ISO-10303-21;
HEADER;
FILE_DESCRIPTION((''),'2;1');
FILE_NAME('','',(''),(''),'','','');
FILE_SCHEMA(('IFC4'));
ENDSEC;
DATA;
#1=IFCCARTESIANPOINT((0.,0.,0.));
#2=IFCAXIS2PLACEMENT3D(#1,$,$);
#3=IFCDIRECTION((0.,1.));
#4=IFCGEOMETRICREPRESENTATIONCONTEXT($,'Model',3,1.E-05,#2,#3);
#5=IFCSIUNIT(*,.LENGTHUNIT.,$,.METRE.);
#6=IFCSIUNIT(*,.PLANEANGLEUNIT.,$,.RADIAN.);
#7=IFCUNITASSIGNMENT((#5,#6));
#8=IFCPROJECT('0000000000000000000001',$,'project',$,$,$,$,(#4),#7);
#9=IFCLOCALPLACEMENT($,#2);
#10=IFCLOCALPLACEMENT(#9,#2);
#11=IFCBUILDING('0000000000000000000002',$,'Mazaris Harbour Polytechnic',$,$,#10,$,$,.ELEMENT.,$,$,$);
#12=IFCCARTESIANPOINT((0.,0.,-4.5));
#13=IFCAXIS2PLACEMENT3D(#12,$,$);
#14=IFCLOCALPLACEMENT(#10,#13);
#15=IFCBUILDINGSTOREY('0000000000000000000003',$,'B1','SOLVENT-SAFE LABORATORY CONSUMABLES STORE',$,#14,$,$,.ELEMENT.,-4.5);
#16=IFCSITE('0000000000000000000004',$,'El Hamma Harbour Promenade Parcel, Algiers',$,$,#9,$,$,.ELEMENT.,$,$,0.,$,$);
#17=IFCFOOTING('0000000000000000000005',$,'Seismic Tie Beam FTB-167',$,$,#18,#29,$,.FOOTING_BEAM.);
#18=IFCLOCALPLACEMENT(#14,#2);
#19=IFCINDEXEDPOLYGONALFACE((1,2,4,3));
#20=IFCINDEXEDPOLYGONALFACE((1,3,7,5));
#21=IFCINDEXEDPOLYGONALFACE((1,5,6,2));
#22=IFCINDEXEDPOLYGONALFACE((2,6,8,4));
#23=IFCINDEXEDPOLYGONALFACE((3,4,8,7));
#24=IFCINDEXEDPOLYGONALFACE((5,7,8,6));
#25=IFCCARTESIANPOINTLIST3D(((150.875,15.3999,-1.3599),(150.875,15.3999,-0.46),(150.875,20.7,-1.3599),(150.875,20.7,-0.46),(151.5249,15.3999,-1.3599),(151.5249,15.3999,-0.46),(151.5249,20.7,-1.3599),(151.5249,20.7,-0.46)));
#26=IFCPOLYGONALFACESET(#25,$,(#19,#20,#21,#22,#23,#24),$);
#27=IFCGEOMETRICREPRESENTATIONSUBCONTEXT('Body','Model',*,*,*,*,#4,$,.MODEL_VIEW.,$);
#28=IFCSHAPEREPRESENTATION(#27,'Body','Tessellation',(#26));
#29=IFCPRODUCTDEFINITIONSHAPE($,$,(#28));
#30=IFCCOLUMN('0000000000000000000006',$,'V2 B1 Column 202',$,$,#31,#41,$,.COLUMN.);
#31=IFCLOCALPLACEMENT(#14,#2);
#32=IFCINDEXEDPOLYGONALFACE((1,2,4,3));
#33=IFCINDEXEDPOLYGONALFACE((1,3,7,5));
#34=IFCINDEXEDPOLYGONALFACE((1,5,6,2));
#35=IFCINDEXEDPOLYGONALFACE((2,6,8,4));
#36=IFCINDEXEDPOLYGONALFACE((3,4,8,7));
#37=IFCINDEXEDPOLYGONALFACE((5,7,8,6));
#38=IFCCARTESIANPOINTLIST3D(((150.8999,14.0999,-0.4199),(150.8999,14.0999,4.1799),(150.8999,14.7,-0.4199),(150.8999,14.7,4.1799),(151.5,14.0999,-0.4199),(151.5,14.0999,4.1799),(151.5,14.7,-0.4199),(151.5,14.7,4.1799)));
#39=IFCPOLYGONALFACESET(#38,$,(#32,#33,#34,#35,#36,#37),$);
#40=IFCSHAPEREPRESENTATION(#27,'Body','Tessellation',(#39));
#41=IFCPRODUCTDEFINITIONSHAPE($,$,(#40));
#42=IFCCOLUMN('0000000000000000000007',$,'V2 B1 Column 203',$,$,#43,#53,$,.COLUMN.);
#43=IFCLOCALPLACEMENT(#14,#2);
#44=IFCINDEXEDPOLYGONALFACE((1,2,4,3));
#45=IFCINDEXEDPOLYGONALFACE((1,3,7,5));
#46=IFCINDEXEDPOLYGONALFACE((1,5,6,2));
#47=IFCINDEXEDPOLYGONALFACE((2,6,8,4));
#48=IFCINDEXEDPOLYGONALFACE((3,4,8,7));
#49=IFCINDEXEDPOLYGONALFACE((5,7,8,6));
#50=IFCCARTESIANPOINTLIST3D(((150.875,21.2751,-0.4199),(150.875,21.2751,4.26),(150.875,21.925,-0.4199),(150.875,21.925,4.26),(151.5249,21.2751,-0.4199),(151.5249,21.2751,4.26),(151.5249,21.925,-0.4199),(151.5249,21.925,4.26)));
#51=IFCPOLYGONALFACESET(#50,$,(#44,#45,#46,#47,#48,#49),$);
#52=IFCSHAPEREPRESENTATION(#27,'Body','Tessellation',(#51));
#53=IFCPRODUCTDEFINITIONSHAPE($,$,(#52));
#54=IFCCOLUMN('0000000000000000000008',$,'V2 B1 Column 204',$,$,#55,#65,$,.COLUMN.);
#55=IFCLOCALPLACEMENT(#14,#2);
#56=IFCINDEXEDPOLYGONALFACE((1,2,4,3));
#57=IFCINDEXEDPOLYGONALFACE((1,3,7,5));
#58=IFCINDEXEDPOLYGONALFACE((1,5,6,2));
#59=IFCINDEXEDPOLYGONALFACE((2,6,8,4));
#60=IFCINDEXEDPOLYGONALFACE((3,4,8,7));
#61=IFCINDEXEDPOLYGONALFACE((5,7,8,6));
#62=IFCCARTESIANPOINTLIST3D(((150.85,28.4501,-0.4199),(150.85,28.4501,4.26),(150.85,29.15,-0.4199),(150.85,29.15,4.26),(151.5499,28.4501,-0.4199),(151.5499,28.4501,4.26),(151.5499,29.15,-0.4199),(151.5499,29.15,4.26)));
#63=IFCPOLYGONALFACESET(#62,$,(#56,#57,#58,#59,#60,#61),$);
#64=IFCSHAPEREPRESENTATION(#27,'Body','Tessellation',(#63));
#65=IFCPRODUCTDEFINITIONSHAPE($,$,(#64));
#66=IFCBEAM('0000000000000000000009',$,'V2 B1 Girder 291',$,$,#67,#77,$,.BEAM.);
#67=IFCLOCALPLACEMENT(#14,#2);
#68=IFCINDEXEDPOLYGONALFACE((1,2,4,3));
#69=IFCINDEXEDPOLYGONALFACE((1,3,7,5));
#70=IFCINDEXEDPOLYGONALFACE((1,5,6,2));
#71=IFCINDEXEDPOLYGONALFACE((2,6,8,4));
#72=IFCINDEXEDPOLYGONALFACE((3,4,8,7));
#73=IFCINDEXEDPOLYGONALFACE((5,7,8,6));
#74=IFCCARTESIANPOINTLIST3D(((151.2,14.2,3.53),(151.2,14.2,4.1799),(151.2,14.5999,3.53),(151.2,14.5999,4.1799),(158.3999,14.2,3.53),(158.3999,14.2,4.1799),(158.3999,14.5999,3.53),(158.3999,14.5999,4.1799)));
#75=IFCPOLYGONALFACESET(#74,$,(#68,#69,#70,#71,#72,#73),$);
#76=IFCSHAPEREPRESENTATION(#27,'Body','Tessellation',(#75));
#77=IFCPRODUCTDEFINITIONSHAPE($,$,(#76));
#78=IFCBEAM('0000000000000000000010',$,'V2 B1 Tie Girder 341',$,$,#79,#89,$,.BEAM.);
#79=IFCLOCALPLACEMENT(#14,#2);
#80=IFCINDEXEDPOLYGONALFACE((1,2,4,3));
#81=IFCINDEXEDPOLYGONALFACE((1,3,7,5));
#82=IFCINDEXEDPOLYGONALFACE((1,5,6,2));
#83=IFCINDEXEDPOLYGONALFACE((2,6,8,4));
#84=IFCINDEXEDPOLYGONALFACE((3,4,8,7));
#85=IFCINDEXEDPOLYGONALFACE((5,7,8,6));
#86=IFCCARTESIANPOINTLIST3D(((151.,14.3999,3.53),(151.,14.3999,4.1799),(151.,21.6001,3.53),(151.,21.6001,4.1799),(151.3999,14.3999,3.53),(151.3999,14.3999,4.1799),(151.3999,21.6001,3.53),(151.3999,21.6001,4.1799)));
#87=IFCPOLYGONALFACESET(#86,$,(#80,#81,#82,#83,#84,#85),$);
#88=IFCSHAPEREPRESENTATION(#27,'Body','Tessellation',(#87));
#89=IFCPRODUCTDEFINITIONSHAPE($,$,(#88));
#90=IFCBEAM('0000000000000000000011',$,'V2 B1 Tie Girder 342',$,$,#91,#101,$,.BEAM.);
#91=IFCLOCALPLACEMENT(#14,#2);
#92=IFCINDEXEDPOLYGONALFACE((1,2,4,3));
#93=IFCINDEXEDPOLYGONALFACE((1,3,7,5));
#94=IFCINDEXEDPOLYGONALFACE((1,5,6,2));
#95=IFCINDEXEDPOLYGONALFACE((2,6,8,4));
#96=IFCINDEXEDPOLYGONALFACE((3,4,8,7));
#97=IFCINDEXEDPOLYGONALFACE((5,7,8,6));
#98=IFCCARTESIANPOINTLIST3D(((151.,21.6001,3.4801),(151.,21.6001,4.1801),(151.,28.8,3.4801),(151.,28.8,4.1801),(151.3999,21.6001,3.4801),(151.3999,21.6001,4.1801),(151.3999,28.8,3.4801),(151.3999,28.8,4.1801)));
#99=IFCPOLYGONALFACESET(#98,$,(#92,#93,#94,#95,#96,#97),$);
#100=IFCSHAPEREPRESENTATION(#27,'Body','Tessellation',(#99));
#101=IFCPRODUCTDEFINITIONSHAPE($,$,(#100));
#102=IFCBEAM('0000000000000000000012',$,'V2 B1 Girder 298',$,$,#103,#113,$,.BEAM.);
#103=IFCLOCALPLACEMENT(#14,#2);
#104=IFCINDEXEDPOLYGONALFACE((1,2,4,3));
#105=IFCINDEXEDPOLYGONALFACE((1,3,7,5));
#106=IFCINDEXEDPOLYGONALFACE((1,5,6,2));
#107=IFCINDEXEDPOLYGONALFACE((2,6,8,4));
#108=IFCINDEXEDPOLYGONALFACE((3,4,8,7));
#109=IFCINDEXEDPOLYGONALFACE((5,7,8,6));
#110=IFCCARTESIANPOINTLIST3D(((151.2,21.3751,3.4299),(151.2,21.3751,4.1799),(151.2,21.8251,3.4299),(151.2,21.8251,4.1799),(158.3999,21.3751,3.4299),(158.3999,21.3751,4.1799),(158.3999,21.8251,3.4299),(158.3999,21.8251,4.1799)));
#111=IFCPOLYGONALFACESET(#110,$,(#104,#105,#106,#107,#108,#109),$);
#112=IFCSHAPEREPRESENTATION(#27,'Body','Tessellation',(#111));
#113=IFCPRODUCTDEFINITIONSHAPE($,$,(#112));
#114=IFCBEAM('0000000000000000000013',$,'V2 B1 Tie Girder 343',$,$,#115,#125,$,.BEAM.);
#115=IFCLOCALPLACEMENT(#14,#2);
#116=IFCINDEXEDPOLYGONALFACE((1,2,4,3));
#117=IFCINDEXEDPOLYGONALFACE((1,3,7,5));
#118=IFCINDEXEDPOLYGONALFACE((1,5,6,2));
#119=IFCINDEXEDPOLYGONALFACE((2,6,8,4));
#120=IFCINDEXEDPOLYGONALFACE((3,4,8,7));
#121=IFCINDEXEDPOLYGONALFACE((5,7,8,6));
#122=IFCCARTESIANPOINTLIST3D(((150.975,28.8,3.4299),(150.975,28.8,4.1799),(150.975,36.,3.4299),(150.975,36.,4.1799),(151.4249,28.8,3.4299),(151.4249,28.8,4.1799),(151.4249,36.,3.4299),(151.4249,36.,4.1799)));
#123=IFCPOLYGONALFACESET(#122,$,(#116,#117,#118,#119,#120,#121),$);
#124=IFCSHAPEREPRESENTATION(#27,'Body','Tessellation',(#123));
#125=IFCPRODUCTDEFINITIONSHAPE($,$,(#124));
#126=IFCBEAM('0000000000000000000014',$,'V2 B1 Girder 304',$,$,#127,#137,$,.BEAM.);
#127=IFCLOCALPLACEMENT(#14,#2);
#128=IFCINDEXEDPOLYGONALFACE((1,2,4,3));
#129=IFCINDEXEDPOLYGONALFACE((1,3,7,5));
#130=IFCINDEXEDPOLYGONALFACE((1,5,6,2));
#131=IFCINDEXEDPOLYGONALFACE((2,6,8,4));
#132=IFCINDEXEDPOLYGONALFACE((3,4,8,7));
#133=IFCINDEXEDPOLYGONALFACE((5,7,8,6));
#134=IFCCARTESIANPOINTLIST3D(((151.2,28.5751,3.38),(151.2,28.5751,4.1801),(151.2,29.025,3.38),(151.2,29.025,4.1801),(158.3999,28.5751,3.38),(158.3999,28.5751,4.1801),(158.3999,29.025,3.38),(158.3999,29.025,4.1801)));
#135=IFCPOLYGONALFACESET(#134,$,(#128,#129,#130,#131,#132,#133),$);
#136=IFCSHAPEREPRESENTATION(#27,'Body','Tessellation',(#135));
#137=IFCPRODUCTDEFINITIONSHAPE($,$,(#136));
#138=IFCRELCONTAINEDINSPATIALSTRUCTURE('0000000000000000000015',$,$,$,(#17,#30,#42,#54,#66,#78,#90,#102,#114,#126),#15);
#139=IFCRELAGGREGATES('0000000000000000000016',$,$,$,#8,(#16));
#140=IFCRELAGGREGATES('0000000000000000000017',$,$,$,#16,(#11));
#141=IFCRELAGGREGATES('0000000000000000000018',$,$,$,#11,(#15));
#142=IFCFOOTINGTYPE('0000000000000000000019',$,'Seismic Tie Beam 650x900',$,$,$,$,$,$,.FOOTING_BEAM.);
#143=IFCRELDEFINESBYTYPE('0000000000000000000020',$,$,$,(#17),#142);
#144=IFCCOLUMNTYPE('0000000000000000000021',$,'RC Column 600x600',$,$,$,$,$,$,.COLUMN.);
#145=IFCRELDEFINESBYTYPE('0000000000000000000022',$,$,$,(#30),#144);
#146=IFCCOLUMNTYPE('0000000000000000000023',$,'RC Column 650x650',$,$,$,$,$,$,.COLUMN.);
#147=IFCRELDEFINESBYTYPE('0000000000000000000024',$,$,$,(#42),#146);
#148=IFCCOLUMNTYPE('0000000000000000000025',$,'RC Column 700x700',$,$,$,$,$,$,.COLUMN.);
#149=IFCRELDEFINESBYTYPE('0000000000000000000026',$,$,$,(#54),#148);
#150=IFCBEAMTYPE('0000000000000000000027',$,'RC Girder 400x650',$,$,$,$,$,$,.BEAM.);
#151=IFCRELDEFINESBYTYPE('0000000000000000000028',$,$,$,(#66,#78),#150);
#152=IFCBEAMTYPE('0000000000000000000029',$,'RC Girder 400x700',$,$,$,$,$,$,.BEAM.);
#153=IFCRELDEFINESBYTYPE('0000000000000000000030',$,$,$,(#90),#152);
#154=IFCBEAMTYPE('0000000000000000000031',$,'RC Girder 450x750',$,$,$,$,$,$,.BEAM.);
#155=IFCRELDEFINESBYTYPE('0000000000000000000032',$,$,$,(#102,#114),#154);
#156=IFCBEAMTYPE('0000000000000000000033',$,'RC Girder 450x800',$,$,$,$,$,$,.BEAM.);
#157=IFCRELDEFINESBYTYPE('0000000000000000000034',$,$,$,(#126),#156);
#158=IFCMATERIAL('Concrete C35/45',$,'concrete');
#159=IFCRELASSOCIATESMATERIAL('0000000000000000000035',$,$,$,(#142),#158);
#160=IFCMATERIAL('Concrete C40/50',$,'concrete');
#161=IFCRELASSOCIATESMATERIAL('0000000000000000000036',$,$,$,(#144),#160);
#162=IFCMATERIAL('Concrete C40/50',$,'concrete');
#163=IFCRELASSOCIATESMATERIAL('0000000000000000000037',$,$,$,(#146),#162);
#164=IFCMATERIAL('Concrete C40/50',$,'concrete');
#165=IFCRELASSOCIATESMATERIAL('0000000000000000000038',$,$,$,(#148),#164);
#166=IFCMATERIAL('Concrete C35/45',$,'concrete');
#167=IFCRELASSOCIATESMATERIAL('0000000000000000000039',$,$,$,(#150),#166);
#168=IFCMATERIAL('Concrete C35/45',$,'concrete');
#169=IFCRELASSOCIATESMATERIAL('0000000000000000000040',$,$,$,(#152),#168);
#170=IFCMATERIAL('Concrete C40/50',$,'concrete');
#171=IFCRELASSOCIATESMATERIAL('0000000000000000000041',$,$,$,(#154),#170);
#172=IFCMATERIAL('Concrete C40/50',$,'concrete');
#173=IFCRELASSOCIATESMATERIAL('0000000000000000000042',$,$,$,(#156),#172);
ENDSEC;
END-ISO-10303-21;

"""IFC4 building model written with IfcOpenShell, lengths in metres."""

from ifc_helpers import new_model, si_unit, direction, frame, origin, origin_2d, place, context, subcontext, project, spatial, rectangle, extrude, material, material_profile, profile_set, type_object, element, save


model = new_model("IFC4")

# Units and contexts
model_context = context("Model", 3, precision=1e-05, world=origin(), true_north=direction((0.0, 1.0)))
body_context = subcontext(model_context, "Body", "Model", "MODEL_VIEW")
ifc_project = project(units=[si_unit("LENGTHUNIT", "METRE"), si_unit("PLANEANGLEUNIT", "RADIAN")], contexts=[model_context])

# Site, building, storey
site_placement = place(None, origin())
site = spatial("IfcSite", under=ifc_project, at=site_placement, Name="El Hamma Harbour Promenade Parcel, Algiers", CompositionType="ELEMENT", RefElevation=0.0)
building_placement = place(site_placement, origin())
building = spatial("IfcBuilding", under=site, at=building_placement, Name="Mazaris Harbour Polytechnic", CompositionType="ELEMENT")
storey_placement = place(building_placement, frame((0.0, 0.0, -4.5)))
storey = spatial("IfcBuildingStorey", under=building, at=storey_placement, Name="B1", Description="SOLVENT-SAFE LABORATORY CONSUMABLES STORE", CompositionType="ELEMENT", Elevation=-4.5)

# Footing
ifc_material_1 = material(Name="Concrete C35/45", Category="concrete")
ifc_material_profile_1 = material_profile(ifc_material_1, rectangle(XDim=0.6499, YDim=0.8999, at=origin_2d()), Name="RECT650x900")
ifc_profile_set_1 = profile_set([ifc_material_profile_1], Name="Concrete C35/45")
footing_type_1 = type_object("IfcFootingType", Name="Seismic Tie Beam 650x900", PredefinedType="FOOTING_BEAM", material=ifc_profile_set_1)
footing_1_placement = place(storey_placement, frame((151.2, 15.3999, -0.9099), z_axis=(0.0, 1.0, 0.0), x_axis=(-1.0, 0.0, 0.0)))
element("IfcFooting", 1, at=footing_1_placement, inside=storey, type_object=footing_type_1, Name="Seismic Tie Beam FTB-167", PredefinedType="FOOTING_BEAM", context=body_context, shape_type="SweptSolid", body=[
    extrude(rectangle(XDim=0.6499, YDim=0.8999, at=origin_2d()), origin(), (0.0, 0.0, 1.0), 5.3),
])

# Columns
ifc_material_2 = material(Name="Concrete C40/50", Category="concrete")
ifc_material_profile_2 = material_profile(ifc_material_2, rectangle(XDim=0.6001, YDim=0.6001, at=origin_2d()), Name="RECT600x600")
ifc_profile_set_2 = profile_set([ifc_material_profile_2], Name="Concrete C40/50")
column_type_1 = type_object("IfcColumnType", Name="RC Column 600x600", PredefinedType="COLUMN", material=ifc_profile_set_2)
column_1_placement = place(storey_placement, frame((151.2, 14.3999, -0.4199), z_axis=(0.0, 0.0, 1.0), x_axis=(1.0, 0.0, 0.0)))
element("IfcColumn", 2, at=column_1_placement, inside=storey, type_object=column_type_1, Name="V2 B1 Column 202", PredefinedType="COLUMN", context=body_context, shape_type="SweptSolid", body=[
    extrude(rectangle(XDim=0.6001, YDim=0.6001, at=origin_2d()), origin(), (0.0, 0.0, 1.0), 4.5999),
])
ifc_material_3 = material(Name="Concrete C40/50", Category="concrete")
ifc_material_profile_3 = material_profile(ifc_material_3, rectangle(XDim=0.6499, YDim=0.6499, at=origin_2d()), Name="RECT650x650")
ifc_profile_set_3 = profile_set([ifc_material_profile_3], Name="Concrete C40/50")
column_type_2 = type_object("IfcColumnType", Name="RC Column 650x650", PredefinedType="COLUMN", material=ifc_profile_set_3)
column_2_placement = place(storey_placement, frame((151.2, 21.6001, -0.4199), z_axis=(0.0, 0.0, 1.0), x_axis=(1.0, 0.0, 0.0)))
element("IfcColumn", 3, at=column_2_placement, inside=storey, type_object=column_type_2, Name="V2 B1 Column 203", PredefinedType="COLUMN", context=body_context, shape_type="SweptSolid", body=[
    extrude(rectangle(XDim=0.6499, YDim=0.6499, at=origin_2d()), origin(), (0.0, 0.0, 1.0), 4.6799),
])
ifc_material_4 = material(Name="Concrete C40/50", Category="concrete")
ifc_material_profile_4 = material_profile(ifc_material_4, rectangle(XDim=0.7, YDim=0.7, at=origin_2d()), Name="RECT700x700")
ifc_profile_set_4 = profile_set([ifc_material_profile_4], Name="Concrete C40/50")
column_type_3 = type_object("IfcColumnType", Name="RC Column 700x700", PredefinedType="COLUMN", material=ifc_profile_set_4)
column_3_placement = place(storey_placement, frame((151.2, 28.8, -0.4199), z_axis=(0.0, 0.0, 1.0), x_axis=(1.0, 0.0, 0.0)))
element("IfcColumn", 4, at=column_3_placement, inside=storey, type_object=column_type_3, Name="V2 B1 Column 204", PredefinedType="COLUMN", context=body_context, shape_type="SweptSolid", body=[
    extrude(rectangle(XDim=0.7, YDim=0.7, at=origin_2d()), origin(), (0.0, 0.0, 1.0), 4.6799),
])

# Beams
ifc_material_5 = material(Name="Concrete C35/45", Category="concrete")
ifc_material_profile_5 = material_profile(ifc_material_5, rectangle(XDim=0.3999, YDim=0.6499, at=origin_2d()), Name="RECT400x650")
ifc_profile_set_5 = profile_set([ifc_material_profile_5], Name="Concrete C35/45")
beam_type_1 = type_object("IfcBeamType", Name="RC Girder 400x650", PredefinedType="BEAM", material=ifc_profile_set_5)
beam_1_placement = place(storey_placement, frame((151.2, 14.3999, 3.855), z_axis=(1.0, 0.0, 0.0), x_axis=(0.0, 1.0, 0.0)))
element("IfcBeam", 5, at=beam_1_placement, inside=storey, type_object=beam_type_1, Name="V2 B1 Girder 291", PredefinedType="BEAM", context=body_context, shape_type="SweptSolid", body=[
    extrude(rectangle(XDim=0.3999, YDim=0.6499, at=origin_2d()), origin(), (0.0, 0.0, 1.0), 7.2),
])
beam_2_placement = place(storey_placement, frame((151.2, 14.3999, 3.855), z_axis=(0.0, 1.0, 0.0), x_axis=(-1.0, 0.0, 0.0)))
element("IfcBeam", 6, at=beam_2_placement, inside=storey, type_object=beam_type_1, Name="V2 B1 Tie Girder 341", PredefinedType="BEAM", context=body_context, shape_type="SweptSolid", body=[
    extrude(rectangle(XDim=0.3999, YDim=0.6499, at=origin_2d()), origin(), (0.0, 0.0, 1.0), 7.2002),
])
ifc_material_6 = material(Name="Concrete C35/45", Category="concrete")
ifc_material_profile_6 = material_profile(ifc_material_6, rectangle(XDim=0.3999, YDim=0.7, at=origin_2d()), Name="RECT400x700")
ifc_profile_set_6 = profile_set([ifc_material_profile_6], Name="Concrete C35/45")
beam_type_2 = type_object("IfcBeamType", Name="RC Girder 400x700", PredefinedType="BEAM", material=ifc_profile_set_6)
beam_3_placement = place(storey_placement, frame((151.2, 21.6001, 3.8301), z_axis=(0.0, 1.0, 0.0), x_axis=(-1.0, 0.0, 0.0)))
element("IfcBeam", 7, at=beam_3_placement, inside=storey, type_object=beam_type_2, Name="V2 B1 Tie Girder 342", PredefinedType="BEAM", context=body_context, shape_type="SweptSolid", body=[
    extrude(rectangle(XDim=0.3999, YDim=0.7, at=origin_2d()), origin(), (0.0, 0.0, 1.0), 7.2),
])
ifc_material_7 = material(Name="Concrete C40/50", Category="concrete")
ifc_material_profile_7 = material_profile(ifc_material_7, rectangle(XDim=0.45, YDim=0.75, at=origin_2d()), Name="RECT450x750")
ifc_profile_set_7 = profile_set([ifc_material_profile_7], Name="Concrete C40/50")
beam_type_3 = type_object("IfcBeamType", Name="RC Girder 450x750", PredefinedType="BEAM", material=ifc_profile_set_7)
for number, where, z_axis, x_axis, name in (
    (8, (151.2, 21.6001, 3.8049), (1.0, 0.0, 0.0), (0.0, 1.0, 0.0), "V2 B1 Girder 298"),
    (9, (151.2, 28.8, 3.8049), (0.0, 1.0, 0.0), (-1.0, 0.0, 0.0), "V2 B1 Tie Girder 343"),
):
    element("IfcBeam", number, at=place(storey_placement, frame(where, z_axis=z_axis, x_axis=x_axis)), inside=storey, type_object=beam_type_3, Name=name, PredefinedType="BEAM", context=body_context, shape_type="SweptSolid", body=[
        extrude(rectangle(XDim=0.45, YDim=0.75, at=origin_2d()), origin(), (0.0, 0.0, 1.0), 7.2),
    ])
ifc_material_8 = material(Name="Concrete C40/50", Category="concrete")
ifc_material_profile_8 = material_profile(ifc_material_8, rectangle(XDim=0.45, YDim=0.8, at=origin_2d()), Name="RECT450x800")
ifc_profile_set_8 = profile_set([ifc_material_profile_8], Name="Concrete C40/50")
beam_type_4 = type_object("IfcBeamType", Name="RC Girder 450x800", PredefinedType="BEAM", material=ifc_profile_set_8)
beam_4_placement = place(storey_placement, frame((151.2, 28.8, 3.78), z_axis=(1.0, 0.0, 0.0), x_axis=(0.0, 1.0, 0.0)))
element("IfcBeam", 10, at=beam_4_placement, inside=storey, type_object=beam_type_4, Name="V2 B1 Girder 304", PredefinedType="BEAM", context=body_context, shape_type="SweptSolid", body=[
    extrude(rectangle(XDim=0.45, YDim=0.8, at=origin_2d()), origin(), (0.0, 0.0, 1.0), 7.2),
])

save(model, "model.ifc")
